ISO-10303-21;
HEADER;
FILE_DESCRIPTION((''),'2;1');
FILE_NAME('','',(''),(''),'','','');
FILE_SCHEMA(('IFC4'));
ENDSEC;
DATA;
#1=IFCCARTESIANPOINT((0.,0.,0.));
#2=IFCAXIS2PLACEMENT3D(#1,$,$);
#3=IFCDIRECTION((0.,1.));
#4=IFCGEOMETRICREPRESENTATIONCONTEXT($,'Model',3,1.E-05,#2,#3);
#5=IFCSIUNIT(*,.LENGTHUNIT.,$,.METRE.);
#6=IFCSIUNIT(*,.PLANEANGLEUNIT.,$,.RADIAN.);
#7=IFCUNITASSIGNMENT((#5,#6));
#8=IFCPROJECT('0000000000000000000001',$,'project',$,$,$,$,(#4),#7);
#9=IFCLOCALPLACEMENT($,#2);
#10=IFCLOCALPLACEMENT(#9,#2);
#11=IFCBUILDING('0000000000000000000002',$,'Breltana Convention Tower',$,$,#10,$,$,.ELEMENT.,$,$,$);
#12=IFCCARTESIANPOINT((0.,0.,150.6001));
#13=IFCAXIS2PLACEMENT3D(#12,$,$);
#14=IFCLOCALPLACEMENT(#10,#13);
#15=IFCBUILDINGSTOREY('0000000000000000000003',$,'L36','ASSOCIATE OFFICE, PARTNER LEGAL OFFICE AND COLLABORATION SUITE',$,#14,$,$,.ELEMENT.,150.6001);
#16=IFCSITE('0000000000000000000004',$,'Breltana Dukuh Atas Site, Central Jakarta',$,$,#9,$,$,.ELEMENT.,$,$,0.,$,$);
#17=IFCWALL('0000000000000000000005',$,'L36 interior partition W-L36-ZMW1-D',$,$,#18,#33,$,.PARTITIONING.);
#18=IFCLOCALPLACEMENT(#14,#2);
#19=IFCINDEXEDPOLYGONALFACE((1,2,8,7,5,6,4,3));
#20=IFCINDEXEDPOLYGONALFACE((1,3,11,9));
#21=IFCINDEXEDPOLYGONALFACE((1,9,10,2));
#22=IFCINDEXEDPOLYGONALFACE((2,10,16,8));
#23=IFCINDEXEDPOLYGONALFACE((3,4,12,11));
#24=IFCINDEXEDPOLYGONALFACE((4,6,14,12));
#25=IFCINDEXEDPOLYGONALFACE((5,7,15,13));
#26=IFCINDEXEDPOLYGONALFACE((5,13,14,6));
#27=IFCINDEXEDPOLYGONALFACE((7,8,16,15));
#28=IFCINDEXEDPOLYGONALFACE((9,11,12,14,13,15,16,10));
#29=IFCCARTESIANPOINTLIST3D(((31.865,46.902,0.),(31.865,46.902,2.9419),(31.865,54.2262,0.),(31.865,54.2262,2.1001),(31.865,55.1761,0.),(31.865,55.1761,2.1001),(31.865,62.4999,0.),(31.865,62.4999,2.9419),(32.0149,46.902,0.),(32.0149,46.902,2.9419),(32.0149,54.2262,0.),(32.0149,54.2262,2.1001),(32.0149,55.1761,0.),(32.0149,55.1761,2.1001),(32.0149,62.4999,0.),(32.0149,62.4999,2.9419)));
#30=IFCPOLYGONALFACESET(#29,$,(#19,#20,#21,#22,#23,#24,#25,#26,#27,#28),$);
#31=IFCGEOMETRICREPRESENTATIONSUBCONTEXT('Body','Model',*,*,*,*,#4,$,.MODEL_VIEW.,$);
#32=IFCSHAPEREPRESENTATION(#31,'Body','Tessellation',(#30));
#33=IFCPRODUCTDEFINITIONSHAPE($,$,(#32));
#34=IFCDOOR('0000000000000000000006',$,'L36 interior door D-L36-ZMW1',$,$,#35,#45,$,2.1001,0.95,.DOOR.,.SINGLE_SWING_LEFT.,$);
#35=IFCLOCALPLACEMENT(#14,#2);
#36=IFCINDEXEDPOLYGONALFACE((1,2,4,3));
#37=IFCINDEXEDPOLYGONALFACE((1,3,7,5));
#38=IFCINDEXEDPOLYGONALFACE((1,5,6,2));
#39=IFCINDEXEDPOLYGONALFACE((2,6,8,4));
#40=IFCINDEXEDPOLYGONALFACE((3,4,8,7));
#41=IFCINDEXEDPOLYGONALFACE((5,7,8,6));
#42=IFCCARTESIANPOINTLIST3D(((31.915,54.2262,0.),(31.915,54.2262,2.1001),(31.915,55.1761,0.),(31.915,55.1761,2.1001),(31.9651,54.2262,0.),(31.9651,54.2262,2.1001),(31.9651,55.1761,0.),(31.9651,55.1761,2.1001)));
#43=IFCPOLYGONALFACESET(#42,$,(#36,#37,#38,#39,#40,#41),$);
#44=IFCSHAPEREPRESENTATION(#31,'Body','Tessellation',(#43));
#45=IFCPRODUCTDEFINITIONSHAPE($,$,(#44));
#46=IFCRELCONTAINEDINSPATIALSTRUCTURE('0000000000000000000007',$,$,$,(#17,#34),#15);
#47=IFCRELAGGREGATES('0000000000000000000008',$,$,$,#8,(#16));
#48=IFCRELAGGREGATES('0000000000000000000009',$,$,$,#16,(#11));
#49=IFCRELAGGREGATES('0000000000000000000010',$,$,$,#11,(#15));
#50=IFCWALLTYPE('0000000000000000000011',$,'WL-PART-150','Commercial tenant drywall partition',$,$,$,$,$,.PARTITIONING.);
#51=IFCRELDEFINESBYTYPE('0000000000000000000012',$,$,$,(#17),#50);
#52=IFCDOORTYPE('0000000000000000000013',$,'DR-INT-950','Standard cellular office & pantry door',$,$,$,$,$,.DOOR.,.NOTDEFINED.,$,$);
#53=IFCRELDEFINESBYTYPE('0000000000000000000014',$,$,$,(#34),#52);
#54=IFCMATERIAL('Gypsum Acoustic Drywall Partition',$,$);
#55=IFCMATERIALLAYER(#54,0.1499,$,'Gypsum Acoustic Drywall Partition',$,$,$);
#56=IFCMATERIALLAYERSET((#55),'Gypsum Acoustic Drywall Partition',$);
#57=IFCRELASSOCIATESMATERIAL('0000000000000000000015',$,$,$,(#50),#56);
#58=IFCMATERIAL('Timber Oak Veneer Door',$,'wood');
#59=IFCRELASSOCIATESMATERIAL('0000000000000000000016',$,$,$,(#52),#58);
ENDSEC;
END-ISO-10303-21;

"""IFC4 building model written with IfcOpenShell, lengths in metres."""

from ifc_helpers import new_model, si_unit, direction, frame, frame_2d, origin, place, context, subcontext, project, spatial, rectangle, extrude, source, transform, mapped, material, layer, layer_set, type_object, type_shapes, element, fill, save


model = new_model("IFC4")

# Units and contexts
model_context = context("Model", 3, precision=1e-05, world=origin(), true_north=direction((0.0, 1.0)))
body_context = subcontext(model_context, "Body", "Model", "MODEL_VIEW")
ifc_project = project(units=[si_unit("LENGTHUNIT", "METRE"), si_unit("PLANEANGLEUNIT", "RADIAN")], contexts=[model_context])

# Site, building, storey
site_placement = place(None, origin())
site = spatial("IfcSite", under=ifc_project, at=site_placement, Name="Breltana Dukuh Atas Site, Central Jakarta", CompositionType="ELEMENT", RefElevation=0.0)
building_placement = place(site_placement, origin())
building = spatial("IfcBuilding", under=site, at=building_placement, Name="Breltana Convention Tower", CompositionType="ELEMENT")
storey_placement = place(building_placement, frame((0.0, 0.0, 150.6001)))
storey = spatial("IfcBuildingStorey", under=building, at=storey_placement, Name="L36", Description="ASSOCIATE OFFICE, PARTNER LEGAL OFFICE AND COLLABORATION SUITE", CompositionType="ELEMENT", Elevation=150.6001)

# Shared definitions
ifc_material_1 = material(Name="Gypsum Acoustic Drywall Partition")
ifc_layer_1 = layer(ifc_material_1, 0.1499, Name="Gypsum Acoustic Drywall Partition")
ifc_layer_set_1 = layer_set([ifc_layer_1], Name="Gypsum Acoustic Drywall Partition")
wall_type_1 = type_object("IfcWallType", Name="WL-PART-150", Description="Commercial tenant drywall partition", PredefinedType="PARTITIONING", material=ifc_layer_set_1)

# Wall, opening, door
shared_shape_1 = source(origin(), body_context, "Body", "SweptSolid", [
    extrude(rectangle(XDim=15.5979, YDim=0.1499, at=frame_2d((7.7988, 0.0))), origin(), (0.0, 0.0, 1.0), 2.9419),
])
wall_1_placement = place(storey_placement, frame((31.9399, 46.9021, 0.0), z_axis=(0.0, 0.0, 1.0), x_axis=(0.0, 1.0, 0.0)))
wall_1 = element("IfcWall", 1, at=wall_1_placement, inside=storey, type_object=wall_type_1, Name="L36 interior partition W-L36-ZMW1-D", PredefinedType="PARTITIONING", context=body_context, shape_type="MappedRepresentation", body=[
    mapped(shared_shape_1, transform((0.0, 0.0, 0.0), scale=1.0)),
])
opening_placement = place(wall_1_placement, frame((7.324, 0.0, 0.0)))
opening = element("IfcOpeningElement", 2, at=opening_placement, cuts=wall_1, PredefinedType="OPENING", context=body_context, shape_type="SweptSolid", body=[
    extrude(rectangle(XDim=0.95, YDim=2.1001, at=frame_2d((0.4751, 1.05))), frame((0.0, 0.085, 0.0), z_axis=(0.0, -1.0, 0.0), x_axis=(1.0, 0.0, 0.0)), (0.0, 0.0, 1.0), 0.1699),
])
ifc_material_2 = material(Name="Timber Oak Veneer Door", Category="wood")
door_type = type_object("IfcDoorType", Name="DR-INT-950", Description="Standard cellular office & pantry door", OperationType="NOTDEFINED", PredefinedType="DOOR", material=ifc_material_2)
shared_shape_2 = source(origin(), body_context, "Body", "SweptSolid", [
    extrude(rectangle(XDim=0.95, YDim=2.1001, at=frame_2d((0.4751, 1.05))), frame((0.0, 0.0249, 0.0), z_axis=(0.0, -1.0, 0.0), x_axis=(1.0, 0.0, 0.0)), (0.0, 0.0, 1.0), 0.05),
])
type_shapes(door_type, [shared_shape_2])
door_placement = place(opening_placement, origin())
door = element("IfcDoor", 3, at=door_placement, inside=storey, type_object=door_type, Name="L36 interior door D-L36-ZMW1", OperationType="SINGLE_SWING_LEFT", OverallHeight=2.1001, OverallWidth=0.95, PredefinedType="DOOR", context=body_context, shape_type="MappedRepresentation", body=[
    mapped(shared_shape_2, transform((0.0, 0.0, 0.0), scale=1.0)),
])
fill(opening, door)

save(model, "model.ifc")
